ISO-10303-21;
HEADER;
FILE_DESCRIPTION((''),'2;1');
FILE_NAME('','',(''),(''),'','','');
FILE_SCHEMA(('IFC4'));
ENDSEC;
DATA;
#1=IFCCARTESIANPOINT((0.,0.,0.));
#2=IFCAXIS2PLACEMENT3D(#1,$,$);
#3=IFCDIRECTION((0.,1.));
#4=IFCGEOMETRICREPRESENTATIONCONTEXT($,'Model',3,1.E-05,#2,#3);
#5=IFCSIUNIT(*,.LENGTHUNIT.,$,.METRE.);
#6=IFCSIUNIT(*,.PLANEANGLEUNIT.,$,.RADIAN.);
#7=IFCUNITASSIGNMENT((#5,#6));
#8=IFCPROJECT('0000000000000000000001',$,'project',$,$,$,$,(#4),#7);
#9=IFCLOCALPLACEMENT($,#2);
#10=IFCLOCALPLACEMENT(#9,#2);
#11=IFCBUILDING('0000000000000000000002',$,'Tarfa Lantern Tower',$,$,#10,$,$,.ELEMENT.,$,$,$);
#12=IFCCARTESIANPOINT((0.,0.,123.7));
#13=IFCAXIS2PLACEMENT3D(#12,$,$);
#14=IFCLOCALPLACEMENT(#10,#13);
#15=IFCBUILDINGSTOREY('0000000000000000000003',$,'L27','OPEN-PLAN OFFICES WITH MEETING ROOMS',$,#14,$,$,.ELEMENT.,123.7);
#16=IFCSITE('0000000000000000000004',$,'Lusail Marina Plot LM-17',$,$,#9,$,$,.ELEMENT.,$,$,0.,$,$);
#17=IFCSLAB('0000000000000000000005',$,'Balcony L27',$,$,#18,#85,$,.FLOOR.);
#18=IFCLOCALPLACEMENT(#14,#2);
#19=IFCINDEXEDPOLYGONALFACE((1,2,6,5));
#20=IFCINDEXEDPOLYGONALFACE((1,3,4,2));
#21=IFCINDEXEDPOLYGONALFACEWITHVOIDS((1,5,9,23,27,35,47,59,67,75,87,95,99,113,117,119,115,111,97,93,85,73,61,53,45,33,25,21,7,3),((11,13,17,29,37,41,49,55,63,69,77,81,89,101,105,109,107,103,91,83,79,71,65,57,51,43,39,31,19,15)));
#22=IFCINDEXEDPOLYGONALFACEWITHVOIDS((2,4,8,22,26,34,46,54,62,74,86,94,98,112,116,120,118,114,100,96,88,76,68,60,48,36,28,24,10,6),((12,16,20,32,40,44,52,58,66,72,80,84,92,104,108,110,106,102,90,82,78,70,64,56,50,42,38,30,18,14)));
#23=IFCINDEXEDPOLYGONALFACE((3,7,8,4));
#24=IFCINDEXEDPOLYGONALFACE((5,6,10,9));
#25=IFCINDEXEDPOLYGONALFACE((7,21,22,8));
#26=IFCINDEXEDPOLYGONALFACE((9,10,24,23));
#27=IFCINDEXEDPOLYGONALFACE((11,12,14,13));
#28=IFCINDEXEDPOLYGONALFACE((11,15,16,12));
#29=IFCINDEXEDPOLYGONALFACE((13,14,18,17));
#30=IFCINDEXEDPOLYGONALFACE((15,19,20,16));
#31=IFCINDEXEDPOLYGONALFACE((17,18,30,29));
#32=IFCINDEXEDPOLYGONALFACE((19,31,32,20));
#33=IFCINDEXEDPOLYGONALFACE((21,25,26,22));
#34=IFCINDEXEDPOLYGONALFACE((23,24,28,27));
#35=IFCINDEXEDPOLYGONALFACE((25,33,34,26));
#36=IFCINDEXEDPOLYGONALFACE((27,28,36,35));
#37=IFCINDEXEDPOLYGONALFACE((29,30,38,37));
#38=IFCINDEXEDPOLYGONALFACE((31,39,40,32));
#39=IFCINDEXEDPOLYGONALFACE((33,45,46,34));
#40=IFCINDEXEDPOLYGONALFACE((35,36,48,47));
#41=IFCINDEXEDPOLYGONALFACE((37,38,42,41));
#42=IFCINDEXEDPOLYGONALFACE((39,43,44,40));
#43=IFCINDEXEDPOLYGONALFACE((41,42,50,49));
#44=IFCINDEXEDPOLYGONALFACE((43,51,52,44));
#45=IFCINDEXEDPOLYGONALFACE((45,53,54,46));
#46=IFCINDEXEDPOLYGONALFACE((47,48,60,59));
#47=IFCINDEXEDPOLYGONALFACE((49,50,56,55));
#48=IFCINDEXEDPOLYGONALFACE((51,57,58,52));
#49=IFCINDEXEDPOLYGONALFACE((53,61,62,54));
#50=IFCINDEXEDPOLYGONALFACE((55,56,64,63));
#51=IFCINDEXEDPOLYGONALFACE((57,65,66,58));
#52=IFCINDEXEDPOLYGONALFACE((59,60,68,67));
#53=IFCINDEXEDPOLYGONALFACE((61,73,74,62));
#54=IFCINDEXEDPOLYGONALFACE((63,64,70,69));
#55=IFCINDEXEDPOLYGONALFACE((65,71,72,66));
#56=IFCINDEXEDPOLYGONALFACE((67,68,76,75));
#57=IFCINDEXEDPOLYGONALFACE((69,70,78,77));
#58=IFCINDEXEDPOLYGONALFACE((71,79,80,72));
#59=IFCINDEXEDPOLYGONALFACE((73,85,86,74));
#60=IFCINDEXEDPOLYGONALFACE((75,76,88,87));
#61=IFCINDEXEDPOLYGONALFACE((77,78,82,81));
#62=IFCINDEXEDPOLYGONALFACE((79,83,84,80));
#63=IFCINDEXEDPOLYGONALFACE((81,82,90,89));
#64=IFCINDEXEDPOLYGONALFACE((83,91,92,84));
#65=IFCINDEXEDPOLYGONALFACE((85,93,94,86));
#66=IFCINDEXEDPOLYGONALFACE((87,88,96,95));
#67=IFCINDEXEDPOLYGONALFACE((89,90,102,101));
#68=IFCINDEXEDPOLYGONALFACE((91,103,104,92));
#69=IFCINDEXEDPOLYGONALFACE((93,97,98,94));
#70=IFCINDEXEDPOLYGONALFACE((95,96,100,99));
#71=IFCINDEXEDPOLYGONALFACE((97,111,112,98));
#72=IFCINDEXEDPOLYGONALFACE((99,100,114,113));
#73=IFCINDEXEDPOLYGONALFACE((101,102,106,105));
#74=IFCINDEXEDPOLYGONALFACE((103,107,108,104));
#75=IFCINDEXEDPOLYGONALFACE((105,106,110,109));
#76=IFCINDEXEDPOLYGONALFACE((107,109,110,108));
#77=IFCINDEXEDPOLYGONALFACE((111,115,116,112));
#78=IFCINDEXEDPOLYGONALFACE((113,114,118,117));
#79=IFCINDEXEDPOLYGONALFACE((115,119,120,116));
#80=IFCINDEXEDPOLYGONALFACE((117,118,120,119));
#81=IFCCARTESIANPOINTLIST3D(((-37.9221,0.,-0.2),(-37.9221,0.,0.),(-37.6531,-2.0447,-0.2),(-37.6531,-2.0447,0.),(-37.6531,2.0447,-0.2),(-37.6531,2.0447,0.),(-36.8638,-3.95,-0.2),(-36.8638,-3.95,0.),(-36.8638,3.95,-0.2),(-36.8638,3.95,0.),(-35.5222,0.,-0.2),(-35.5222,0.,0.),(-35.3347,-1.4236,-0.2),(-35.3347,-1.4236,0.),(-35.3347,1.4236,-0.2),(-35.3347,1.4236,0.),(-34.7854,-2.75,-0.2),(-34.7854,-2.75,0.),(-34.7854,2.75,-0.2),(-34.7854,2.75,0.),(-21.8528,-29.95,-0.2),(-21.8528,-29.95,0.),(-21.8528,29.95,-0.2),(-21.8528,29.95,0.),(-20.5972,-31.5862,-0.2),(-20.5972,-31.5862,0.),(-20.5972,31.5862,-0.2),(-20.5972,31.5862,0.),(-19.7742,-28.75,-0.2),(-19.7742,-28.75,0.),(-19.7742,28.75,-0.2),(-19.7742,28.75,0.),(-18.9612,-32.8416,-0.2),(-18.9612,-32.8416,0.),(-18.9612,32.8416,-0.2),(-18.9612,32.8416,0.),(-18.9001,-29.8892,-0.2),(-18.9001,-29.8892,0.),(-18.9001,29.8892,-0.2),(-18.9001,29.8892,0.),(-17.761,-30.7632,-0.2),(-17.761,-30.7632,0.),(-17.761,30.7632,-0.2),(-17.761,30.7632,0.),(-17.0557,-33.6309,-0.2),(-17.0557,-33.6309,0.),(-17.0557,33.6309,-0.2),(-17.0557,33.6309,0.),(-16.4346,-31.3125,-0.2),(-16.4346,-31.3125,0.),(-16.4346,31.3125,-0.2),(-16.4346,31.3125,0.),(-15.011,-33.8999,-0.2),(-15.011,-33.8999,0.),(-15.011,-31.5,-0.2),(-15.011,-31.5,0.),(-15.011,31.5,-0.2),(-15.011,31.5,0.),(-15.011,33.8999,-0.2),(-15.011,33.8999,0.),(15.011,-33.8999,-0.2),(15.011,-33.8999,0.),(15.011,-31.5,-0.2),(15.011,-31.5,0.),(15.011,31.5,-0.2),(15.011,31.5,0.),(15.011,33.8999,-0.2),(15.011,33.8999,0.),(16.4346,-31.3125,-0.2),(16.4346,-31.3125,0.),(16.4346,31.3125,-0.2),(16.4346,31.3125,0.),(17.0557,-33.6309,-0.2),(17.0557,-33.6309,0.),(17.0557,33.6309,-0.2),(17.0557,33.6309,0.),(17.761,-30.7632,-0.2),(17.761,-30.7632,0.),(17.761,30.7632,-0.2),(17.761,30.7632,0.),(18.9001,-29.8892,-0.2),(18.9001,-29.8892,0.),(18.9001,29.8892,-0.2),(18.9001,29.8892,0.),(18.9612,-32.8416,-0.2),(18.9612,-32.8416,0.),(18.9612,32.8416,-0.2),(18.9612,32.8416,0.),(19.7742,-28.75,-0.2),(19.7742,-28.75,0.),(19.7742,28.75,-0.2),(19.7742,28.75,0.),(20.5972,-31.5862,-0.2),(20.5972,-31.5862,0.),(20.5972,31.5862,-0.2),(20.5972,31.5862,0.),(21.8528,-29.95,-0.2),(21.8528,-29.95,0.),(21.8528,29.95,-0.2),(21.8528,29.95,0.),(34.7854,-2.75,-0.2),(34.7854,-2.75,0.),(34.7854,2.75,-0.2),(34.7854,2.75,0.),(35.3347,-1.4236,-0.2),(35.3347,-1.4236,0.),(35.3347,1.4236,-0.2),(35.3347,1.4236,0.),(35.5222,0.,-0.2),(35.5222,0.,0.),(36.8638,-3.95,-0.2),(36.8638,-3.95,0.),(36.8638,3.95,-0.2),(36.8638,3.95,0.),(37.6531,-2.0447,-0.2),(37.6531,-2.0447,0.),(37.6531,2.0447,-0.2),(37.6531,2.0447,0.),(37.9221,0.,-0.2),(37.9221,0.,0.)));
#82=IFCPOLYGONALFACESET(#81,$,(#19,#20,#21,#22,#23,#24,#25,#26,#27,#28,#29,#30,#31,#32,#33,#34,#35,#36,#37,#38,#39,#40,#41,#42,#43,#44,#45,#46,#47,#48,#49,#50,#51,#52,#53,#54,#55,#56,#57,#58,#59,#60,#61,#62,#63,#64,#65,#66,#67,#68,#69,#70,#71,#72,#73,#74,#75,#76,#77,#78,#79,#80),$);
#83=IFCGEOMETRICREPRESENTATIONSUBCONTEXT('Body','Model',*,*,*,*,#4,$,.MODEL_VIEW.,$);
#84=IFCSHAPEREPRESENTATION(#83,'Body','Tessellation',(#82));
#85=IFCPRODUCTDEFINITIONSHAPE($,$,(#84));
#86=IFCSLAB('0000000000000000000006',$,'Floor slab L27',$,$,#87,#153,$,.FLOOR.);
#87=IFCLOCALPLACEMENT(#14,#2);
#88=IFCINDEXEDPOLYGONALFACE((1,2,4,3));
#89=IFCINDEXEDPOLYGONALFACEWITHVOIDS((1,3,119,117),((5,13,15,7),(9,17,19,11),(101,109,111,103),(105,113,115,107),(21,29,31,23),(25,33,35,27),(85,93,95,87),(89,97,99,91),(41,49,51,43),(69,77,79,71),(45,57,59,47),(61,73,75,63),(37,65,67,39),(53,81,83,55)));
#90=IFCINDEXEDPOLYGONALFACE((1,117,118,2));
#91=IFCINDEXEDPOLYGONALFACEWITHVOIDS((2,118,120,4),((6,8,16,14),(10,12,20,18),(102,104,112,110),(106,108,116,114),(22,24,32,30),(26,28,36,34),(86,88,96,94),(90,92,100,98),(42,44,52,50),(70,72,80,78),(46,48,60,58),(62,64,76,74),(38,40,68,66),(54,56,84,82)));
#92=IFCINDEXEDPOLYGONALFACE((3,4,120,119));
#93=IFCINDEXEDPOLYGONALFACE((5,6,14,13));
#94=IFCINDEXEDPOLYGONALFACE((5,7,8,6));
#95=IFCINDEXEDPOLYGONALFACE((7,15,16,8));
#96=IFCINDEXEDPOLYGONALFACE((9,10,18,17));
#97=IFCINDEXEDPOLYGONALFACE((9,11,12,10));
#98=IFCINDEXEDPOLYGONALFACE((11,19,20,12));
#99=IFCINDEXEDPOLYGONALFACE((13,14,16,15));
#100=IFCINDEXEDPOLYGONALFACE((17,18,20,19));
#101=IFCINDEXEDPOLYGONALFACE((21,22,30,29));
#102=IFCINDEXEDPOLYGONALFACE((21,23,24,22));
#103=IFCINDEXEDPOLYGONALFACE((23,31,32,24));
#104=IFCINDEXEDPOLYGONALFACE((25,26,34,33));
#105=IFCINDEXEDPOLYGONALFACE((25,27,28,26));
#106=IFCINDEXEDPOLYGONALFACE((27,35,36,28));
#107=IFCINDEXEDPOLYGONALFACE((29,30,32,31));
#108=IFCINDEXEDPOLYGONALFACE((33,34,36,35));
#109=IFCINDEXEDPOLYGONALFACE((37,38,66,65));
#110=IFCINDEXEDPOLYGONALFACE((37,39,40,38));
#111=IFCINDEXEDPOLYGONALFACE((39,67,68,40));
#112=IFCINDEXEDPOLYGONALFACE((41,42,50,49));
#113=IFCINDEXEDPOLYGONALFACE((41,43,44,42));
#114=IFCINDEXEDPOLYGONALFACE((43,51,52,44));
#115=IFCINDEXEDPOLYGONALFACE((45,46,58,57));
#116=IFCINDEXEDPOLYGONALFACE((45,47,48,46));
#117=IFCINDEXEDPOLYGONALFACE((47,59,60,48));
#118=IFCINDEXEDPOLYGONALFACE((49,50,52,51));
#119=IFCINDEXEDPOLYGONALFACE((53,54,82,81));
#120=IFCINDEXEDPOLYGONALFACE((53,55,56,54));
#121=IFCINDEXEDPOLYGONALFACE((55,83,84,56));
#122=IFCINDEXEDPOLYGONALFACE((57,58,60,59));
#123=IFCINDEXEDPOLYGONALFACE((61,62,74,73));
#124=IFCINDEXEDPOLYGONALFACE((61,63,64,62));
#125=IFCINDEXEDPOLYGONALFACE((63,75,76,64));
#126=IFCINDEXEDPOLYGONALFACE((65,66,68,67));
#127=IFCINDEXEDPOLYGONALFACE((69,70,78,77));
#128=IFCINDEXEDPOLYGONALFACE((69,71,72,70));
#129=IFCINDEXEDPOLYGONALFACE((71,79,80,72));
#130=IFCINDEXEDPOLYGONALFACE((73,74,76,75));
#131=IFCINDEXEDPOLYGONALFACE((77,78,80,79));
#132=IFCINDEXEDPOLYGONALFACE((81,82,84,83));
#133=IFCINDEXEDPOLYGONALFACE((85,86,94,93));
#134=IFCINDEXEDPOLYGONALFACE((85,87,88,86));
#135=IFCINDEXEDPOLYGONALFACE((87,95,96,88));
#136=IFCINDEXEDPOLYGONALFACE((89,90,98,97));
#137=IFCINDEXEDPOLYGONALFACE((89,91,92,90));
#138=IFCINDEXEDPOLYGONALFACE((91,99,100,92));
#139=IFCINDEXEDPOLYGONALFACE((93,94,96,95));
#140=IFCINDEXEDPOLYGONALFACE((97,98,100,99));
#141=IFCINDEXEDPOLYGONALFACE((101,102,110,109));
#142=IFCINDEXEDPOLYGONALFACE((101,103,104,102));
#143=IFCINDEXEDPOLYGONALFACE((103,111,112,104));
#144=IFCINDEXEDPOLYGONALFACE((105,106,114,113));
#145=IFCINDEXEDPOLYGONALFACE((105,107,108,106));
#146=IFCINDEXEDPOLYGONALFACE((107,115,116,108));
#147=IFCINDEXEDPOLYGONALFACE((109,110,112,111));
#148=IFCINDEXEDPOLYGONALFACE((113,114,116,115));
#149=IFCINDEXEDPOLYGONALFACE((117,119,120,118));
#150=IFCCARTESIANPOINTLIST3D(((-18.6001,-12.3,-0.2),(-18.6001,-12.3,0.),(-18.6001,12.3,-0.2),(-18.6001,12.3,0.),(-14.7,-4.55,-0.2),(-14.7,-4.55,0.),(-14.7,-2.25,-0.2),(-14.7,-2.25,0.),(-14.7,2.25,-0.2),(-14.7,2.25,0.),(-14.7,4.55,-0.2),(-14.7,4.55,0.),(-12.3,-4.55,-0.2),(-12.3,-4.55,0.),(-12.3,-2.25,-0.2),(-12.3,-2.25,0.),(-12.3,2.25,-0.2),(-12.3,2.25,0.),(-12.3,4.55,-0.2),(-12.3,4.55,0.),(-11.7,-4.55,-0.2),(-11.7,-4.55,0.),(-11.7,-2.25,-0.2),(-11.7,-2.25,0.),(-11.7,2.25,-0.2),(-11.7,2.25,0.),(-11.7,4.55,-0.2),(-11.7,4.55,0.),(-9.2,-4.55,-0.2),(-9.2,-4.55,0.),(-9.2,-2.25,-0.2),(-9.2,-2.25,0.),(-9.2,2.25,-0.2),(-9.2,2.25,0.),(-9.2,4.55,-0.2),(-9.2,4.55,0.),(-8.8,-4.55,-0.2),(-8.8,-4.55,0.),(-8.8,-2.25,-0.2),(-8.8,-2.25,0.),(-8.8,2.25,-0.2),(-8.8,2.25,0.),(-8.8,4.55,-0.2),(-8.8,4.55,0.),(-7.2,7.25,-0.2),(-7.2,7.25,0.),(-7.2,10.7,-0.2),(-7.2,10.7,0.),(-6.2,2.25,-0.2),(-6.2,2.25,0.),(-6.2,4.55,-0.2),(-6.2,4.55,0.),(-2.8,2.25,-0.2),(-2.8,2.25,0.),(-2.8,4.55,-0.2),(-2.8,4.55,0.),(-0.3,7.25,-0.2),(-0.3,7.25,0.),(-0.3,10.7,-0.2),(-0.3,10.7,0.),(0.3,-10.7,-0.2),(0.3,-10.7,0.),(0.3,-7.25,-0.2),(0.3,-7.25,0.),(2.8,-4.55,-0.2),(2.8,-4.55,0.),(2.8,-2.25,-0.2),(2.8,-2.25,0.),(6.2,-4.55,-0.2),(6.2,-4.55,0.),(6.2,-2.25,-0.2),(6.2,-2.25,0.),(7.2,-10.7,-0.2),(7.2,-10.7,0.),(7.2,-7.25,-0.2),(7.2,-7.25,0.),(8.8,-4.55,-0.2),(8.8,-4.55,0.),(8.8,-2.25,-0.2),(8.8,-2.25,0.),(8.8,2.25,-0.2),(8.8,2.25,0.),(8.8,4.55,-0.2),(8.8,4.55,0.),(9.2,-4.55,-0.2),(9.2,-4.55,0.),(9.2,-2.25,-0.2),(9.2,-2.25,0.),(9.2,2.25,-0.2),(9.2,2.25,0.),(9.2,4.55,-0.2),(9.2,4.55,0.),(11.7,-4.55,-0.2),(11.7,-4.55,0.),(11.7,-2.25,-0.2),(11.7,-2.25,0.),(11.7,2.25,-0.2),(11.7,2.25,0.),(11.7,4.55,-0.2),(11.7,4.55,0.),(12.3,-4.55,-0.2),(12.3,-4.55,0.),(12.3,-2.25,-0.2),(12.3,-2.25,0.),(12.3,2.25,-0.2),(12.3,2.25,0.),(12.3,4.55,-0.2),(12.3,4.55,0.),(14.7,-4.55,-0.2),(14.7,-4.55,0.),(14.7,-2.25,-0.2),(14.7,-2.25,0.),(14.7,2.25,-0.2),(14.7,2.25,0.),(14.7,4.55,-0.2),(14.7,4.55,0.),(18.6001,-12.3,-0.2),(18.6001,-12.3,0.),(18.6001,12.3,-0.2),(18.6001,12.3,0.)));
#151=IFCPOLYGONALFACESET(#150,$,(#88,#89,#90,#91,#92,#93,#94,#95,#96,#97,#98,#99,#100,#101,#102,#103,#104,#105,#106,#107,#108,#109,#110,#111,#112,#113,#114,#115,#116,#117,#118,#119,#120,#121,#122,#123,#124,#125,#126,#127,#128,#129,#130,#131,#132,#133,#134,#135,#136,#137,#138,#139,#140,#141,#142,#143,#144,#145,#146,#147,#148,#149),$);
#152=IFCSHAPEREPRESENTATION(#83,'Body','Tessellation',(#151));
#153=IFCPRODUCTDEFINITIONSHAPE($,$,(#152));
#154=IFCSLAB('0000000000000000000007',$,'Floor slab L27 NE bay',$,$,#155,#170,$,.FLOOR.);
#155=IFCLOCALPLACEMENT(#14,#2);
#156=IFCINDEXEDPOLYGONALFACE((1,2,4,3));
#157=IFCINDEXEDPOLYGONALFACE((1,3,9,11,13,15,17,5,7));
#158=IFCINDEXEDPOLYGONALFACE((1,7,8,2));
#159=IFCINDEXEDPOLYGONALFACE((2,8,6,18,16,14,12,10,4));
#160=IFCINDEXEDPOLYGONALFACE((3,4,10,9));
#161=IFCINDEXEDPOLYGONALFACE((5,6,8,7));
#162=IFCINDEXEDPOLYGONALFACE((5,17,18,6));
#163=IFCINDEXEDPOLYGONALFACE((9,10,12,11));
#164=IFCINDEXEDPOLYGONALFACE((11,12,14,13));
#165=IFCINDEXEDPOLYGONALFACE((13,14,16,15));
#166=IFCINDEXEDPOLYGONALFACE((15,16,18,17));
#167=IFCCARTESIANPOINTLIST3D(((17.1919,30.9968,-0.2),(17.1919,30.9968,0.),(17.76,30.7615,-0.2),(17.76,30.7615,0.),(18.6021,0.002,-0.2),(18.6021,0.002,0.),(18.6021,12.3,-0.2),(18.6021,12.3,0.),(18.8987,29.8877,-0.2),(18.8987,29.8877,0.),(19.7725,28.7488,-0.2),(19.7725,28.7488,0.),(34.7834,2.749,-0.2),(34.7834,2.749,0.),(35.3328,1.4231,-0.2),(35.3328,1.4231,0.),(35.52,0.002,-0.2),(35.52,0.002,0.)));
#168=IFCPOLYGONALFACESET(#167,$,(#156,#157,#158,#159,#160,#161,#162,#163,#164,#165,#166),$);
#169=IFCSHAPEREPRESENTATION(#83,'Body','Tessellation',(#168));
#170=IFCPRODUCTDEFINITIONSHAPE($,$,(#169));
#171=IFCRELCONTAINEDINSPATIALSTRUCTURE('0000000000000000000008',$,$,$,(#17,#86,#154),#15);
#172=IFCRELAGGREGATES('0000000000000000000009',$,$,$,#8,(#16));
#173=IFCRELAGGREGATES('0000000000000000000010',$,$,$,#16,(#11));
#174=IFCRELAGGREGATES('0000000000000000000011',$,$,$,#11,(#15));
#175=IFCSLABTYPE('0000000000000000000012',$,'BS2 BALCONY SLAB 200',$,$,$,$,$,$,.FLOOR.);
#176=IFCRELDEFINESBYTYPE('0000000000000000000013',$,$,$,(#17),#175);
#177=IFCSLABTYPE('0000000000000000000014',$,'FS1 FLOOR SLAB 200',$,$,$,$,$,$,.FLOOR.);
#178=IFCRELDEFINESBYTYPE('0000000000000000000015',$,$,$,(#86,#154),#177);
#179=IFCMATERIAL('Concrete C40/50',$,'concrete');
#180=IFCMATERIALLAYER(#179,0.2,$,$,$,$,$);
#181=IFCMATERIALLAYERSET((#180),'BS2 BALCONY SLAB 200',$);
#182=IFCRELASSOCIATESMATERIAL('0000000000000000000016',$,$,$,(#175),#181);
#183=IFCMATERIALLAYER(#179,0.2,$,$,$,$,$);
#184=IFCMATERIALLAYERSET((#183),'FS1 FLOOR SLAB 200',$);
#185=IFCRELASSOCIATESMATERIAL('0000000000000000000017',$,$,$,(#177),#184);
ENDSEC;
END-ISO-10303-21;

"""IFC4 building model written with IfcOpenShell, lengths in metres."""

from ifc_helpers import new_model, si_unit, direction, frame, origin, place, context, subcontext, project, spatial, polyline, outline, extrude, material, layer, layer_set, type_object, element, save


model = new_model("IFC4")

# Units and contexts
model_context = context("Model", 3, precision=1e-05, world=origin(), true_north=direction((0.0, 1.0)))
body_context = subcontext(model_context, "Body", "Model", "MODEL_VIEW")
ifc_project = project(units=[si_unit("LENGTHUNIT", "METRE"), si_unit("PLANEANGLEUNIT", "RADIAN")], contexts=[model_context])

# Site, building, storey
site_placement = place(None, origin())
site = spatial("IfcSite", under=ifc_project, at=site_placement, Name="Lusail Marina Plot LM-17", CompositionType="ELEMENT", RefElevation=0.0)
building_placement = place(site_placement, origin())
building = spatial("IfcBuilding", under=site, at=building_placement, Name="Tarfa Lantern Tower", CompositionType="ELEMENT")
storey_placement = place(building_placement, frame((0.0, 0.0, 123.7)))
storey = spatial("IfcBuildingStorey", under=building, at=storey_placement, Name="L27", Description="OPEN-PLAN OFFICES WITH MEETING ROOMS", CompositionType="ELEMENT", Elevation=123.7)

# Slabs
ifc_material_1 = material(Name="Concrete C40/50", Category="concrete")
ifc_layer_1 = layer(ifc_material_1, 0.2)
ifc_layer_set_1 = layer_set([ifc_layer_1], Name="BS2 BALCONY SLAB 200")
slab_type_1 = type_object("IfcSlabType", Name="BS2 BALCONY SLAB 200", PredefinedType="FLOOR", material=ifc_layer_set_1)
slab_1_placement = place(storey_placement, frame((0.0, 0.0, -0.2)))
element("IfcSlab", 1, at=slab_1_placement, inside=storey, type_object=slab_type_1, Name="Balcony L27", PredefinedType="FLOOR", context=body_context, shape_type="SweptSolid", body=[
    extrude(outline(polyline([(36.8638, 3.95), (21.8528, 29.95), (20.5972, 31.5862), (18.9612, 32.8416), (17.0557, 33.6309), (15.011, 33.8999), (-15.011, 33.8999), (-17.0557, 33.6309), (-18.9612, 32.8416), (-20.5972, 31.5862), (-21.8528, 29.95), (-36.8638, 3.95), (-37.6531, 2.0447), (-37.9221, 0.0), (-37.6531, -2.0447), (-36.8638, -3.95), (-21.8528, -29.95), (-20.5972, -31.5862), (-18.9612, -32.8416), (-17.0557, -33.6309), (-15.011, -33.8999), (15.011, -33.8999), (17.0557, -33.6309), (18.9612, -32.8416), (20.5972, -31.5862), (21.8528, -29.95), (36.8638, -3.95), (37.6531, -2.0447), (37.9221, 0.0), (37.6531, 2.0447), (36.8638, 3.95)]), holes=[polyline([(34.7854, 2.75), (19.7742, 28.75), (18.9001, 29.8892), (17.761, 30.7632), (16.4346, 31.3125), (15.011, 31.5), (-15.011, 31.5), (-16.4346, 31.3125), (-17.761, 30.7632), (-18.9001, 29.8892), (-19.7742, 28.75), (-34.7854, 2.75), (-35.3347, 1.4236), (-35.5222, 0.0), (-35.3347, -1.4236), (-34.7854, -2.75), (-19.7742, -28.75), (-18.9001, -29.8892), (-17.761, -30.7632), (-16.4346, -31.3125), (-15.011, -31.5), (15.011, -31.5), (16.4346, -31.3125), (17.761, -30.7632), (18.9001, -29.8892), (19.7742, -28.75), (34.7854, -2.75), (35.3347, -1.4236), (35.5222, 0.0), (35.3347, 1.4236), (34.7854, 2.75)])]), origin(), (0.0, 0.0, 1.0), 0.2),
])
ifc_layer_2 = layer(ifc_material_1, 0.2)
ifc_layer_set_2 = layer_set([ifc_layer_2], Name="FS1 FLOOR SLAB 200")
slab_type_2 = type_object("IfcSlabType", Name="FS1 FLOOR SLAB 200", PredefinedType="FLOOR", material=ifc_layer_set_2)
slab_2_placement = place(storey_placement, frame((0.0, 0.0, -0.2)))
element("IfcSlab", 2, at=slab_2_placement, inside=storey, type_object=slab_type_2, Name="Floor slab L27", PredefinedType="FLOOR", context=body_context, shape_type="SweptSolid", body=[
    extrude(outline(polyline([(-18.6001, -12.3), (18.6001, -12.3), (18.6001, 12.3), (-18.6001, 12.3), (-18.6001, -12.3)]), holes=[polyline([(-14.7, 2.25), (-12.3, 2.25), (-12.3, 4.55), (-14.7, 4.55), (-14.7, 2.25)]), polyline([(-11.7, 2.25), (-9.2, 2.25), (-9.2, 4.55), (-11.7, 4.55), (-11.7, 2.25)]), polyline([(-8.8, 2.25), (-6.2, 2.25), (-6.2, 4.55), (-8.8, 4.55), (-8.8, 2.25)]), polyline([(-2.8, 2.25), (8.8, 2.25), (8.8, 4.55), (-2.8, 4.55), (-2.8, 2.25)]), polyline([(9.2, 2.25), (11.7, 2.25), (11.7, 4.55), (9.2, 4.55), (9.2, 2.25)]), polyline([(12.3, 2.25), (14.7, 2.25), (14.7, 4.55), (12.3, 4.55), (12.3, 2.25)]), polyline([(14.7, -2.25), (12.3, -2.25), (12.3, -4.55), (14.7, -4.55), (14.7, -2.25)]), polyline([(11.7, -2.25), (9.2, -2.25), (9.2, -4.55), (11.7, -4.55), (11.7, -2.25)]), polyline([(8.8, -2.25), (6.2, -2.25), (6.2, -4.55), (8.8, -4.55), (8.8, -2.25)]), polyline([(2.8, -2.25), (-8.8, -2.25), (-8.8, -4.55), (2.8, -4.55), (2.8, -2.25)]), polyline([(-9.2, -2.25), (-11.7, -2.25), (-11.7, -4.55), (-9.2, -4.55), (-9.2, -2.25)]), polyline([(-12.3, -2.25), (-14.7, -2.25), (-14.7, -4.55), (-12.3, -4.55), (-12.3, -2.25)]), polyline([(-7.2, 7.25), (-0.3, 7.25), (-0.3, 10.7), (-7.2, 10.7), (-7.2, 7.25)]), polyline([(7.2, -7.25), (0.3, -7.25), (0.3, -10.7), (7.2, -10.7), (7.2, -7.25)])]), origin(), (0.0, 0.0, 1.0), 0.2),
])
slab_3_placement = place(storey_placement, frame((0.0, 0.0, -0.2)))
element("IfcSlab", 3, at=slab_3_placement, inside=storey, type_object=slab_type_2, Name="Floor slab L27 NE bay", PredefinedType="FLOOR", context=body_context, shape_type="SweptSolid", body=[
    extrude(outline(polyline([(34.7834, 2.749), (19.7725, 28.7488), (18.8987, 29.8877), (17.76, 30.7615), (17.1919, 30.9968), (18.6021, 12.3), (18.6021, 0.002), (35.52, 0.002), (35.3328, 1.4231), (34.7834, 2.749)])), origin(), (0.0, 0.0, 1.0), 0.2),
])

save(model, "model.ifc")
